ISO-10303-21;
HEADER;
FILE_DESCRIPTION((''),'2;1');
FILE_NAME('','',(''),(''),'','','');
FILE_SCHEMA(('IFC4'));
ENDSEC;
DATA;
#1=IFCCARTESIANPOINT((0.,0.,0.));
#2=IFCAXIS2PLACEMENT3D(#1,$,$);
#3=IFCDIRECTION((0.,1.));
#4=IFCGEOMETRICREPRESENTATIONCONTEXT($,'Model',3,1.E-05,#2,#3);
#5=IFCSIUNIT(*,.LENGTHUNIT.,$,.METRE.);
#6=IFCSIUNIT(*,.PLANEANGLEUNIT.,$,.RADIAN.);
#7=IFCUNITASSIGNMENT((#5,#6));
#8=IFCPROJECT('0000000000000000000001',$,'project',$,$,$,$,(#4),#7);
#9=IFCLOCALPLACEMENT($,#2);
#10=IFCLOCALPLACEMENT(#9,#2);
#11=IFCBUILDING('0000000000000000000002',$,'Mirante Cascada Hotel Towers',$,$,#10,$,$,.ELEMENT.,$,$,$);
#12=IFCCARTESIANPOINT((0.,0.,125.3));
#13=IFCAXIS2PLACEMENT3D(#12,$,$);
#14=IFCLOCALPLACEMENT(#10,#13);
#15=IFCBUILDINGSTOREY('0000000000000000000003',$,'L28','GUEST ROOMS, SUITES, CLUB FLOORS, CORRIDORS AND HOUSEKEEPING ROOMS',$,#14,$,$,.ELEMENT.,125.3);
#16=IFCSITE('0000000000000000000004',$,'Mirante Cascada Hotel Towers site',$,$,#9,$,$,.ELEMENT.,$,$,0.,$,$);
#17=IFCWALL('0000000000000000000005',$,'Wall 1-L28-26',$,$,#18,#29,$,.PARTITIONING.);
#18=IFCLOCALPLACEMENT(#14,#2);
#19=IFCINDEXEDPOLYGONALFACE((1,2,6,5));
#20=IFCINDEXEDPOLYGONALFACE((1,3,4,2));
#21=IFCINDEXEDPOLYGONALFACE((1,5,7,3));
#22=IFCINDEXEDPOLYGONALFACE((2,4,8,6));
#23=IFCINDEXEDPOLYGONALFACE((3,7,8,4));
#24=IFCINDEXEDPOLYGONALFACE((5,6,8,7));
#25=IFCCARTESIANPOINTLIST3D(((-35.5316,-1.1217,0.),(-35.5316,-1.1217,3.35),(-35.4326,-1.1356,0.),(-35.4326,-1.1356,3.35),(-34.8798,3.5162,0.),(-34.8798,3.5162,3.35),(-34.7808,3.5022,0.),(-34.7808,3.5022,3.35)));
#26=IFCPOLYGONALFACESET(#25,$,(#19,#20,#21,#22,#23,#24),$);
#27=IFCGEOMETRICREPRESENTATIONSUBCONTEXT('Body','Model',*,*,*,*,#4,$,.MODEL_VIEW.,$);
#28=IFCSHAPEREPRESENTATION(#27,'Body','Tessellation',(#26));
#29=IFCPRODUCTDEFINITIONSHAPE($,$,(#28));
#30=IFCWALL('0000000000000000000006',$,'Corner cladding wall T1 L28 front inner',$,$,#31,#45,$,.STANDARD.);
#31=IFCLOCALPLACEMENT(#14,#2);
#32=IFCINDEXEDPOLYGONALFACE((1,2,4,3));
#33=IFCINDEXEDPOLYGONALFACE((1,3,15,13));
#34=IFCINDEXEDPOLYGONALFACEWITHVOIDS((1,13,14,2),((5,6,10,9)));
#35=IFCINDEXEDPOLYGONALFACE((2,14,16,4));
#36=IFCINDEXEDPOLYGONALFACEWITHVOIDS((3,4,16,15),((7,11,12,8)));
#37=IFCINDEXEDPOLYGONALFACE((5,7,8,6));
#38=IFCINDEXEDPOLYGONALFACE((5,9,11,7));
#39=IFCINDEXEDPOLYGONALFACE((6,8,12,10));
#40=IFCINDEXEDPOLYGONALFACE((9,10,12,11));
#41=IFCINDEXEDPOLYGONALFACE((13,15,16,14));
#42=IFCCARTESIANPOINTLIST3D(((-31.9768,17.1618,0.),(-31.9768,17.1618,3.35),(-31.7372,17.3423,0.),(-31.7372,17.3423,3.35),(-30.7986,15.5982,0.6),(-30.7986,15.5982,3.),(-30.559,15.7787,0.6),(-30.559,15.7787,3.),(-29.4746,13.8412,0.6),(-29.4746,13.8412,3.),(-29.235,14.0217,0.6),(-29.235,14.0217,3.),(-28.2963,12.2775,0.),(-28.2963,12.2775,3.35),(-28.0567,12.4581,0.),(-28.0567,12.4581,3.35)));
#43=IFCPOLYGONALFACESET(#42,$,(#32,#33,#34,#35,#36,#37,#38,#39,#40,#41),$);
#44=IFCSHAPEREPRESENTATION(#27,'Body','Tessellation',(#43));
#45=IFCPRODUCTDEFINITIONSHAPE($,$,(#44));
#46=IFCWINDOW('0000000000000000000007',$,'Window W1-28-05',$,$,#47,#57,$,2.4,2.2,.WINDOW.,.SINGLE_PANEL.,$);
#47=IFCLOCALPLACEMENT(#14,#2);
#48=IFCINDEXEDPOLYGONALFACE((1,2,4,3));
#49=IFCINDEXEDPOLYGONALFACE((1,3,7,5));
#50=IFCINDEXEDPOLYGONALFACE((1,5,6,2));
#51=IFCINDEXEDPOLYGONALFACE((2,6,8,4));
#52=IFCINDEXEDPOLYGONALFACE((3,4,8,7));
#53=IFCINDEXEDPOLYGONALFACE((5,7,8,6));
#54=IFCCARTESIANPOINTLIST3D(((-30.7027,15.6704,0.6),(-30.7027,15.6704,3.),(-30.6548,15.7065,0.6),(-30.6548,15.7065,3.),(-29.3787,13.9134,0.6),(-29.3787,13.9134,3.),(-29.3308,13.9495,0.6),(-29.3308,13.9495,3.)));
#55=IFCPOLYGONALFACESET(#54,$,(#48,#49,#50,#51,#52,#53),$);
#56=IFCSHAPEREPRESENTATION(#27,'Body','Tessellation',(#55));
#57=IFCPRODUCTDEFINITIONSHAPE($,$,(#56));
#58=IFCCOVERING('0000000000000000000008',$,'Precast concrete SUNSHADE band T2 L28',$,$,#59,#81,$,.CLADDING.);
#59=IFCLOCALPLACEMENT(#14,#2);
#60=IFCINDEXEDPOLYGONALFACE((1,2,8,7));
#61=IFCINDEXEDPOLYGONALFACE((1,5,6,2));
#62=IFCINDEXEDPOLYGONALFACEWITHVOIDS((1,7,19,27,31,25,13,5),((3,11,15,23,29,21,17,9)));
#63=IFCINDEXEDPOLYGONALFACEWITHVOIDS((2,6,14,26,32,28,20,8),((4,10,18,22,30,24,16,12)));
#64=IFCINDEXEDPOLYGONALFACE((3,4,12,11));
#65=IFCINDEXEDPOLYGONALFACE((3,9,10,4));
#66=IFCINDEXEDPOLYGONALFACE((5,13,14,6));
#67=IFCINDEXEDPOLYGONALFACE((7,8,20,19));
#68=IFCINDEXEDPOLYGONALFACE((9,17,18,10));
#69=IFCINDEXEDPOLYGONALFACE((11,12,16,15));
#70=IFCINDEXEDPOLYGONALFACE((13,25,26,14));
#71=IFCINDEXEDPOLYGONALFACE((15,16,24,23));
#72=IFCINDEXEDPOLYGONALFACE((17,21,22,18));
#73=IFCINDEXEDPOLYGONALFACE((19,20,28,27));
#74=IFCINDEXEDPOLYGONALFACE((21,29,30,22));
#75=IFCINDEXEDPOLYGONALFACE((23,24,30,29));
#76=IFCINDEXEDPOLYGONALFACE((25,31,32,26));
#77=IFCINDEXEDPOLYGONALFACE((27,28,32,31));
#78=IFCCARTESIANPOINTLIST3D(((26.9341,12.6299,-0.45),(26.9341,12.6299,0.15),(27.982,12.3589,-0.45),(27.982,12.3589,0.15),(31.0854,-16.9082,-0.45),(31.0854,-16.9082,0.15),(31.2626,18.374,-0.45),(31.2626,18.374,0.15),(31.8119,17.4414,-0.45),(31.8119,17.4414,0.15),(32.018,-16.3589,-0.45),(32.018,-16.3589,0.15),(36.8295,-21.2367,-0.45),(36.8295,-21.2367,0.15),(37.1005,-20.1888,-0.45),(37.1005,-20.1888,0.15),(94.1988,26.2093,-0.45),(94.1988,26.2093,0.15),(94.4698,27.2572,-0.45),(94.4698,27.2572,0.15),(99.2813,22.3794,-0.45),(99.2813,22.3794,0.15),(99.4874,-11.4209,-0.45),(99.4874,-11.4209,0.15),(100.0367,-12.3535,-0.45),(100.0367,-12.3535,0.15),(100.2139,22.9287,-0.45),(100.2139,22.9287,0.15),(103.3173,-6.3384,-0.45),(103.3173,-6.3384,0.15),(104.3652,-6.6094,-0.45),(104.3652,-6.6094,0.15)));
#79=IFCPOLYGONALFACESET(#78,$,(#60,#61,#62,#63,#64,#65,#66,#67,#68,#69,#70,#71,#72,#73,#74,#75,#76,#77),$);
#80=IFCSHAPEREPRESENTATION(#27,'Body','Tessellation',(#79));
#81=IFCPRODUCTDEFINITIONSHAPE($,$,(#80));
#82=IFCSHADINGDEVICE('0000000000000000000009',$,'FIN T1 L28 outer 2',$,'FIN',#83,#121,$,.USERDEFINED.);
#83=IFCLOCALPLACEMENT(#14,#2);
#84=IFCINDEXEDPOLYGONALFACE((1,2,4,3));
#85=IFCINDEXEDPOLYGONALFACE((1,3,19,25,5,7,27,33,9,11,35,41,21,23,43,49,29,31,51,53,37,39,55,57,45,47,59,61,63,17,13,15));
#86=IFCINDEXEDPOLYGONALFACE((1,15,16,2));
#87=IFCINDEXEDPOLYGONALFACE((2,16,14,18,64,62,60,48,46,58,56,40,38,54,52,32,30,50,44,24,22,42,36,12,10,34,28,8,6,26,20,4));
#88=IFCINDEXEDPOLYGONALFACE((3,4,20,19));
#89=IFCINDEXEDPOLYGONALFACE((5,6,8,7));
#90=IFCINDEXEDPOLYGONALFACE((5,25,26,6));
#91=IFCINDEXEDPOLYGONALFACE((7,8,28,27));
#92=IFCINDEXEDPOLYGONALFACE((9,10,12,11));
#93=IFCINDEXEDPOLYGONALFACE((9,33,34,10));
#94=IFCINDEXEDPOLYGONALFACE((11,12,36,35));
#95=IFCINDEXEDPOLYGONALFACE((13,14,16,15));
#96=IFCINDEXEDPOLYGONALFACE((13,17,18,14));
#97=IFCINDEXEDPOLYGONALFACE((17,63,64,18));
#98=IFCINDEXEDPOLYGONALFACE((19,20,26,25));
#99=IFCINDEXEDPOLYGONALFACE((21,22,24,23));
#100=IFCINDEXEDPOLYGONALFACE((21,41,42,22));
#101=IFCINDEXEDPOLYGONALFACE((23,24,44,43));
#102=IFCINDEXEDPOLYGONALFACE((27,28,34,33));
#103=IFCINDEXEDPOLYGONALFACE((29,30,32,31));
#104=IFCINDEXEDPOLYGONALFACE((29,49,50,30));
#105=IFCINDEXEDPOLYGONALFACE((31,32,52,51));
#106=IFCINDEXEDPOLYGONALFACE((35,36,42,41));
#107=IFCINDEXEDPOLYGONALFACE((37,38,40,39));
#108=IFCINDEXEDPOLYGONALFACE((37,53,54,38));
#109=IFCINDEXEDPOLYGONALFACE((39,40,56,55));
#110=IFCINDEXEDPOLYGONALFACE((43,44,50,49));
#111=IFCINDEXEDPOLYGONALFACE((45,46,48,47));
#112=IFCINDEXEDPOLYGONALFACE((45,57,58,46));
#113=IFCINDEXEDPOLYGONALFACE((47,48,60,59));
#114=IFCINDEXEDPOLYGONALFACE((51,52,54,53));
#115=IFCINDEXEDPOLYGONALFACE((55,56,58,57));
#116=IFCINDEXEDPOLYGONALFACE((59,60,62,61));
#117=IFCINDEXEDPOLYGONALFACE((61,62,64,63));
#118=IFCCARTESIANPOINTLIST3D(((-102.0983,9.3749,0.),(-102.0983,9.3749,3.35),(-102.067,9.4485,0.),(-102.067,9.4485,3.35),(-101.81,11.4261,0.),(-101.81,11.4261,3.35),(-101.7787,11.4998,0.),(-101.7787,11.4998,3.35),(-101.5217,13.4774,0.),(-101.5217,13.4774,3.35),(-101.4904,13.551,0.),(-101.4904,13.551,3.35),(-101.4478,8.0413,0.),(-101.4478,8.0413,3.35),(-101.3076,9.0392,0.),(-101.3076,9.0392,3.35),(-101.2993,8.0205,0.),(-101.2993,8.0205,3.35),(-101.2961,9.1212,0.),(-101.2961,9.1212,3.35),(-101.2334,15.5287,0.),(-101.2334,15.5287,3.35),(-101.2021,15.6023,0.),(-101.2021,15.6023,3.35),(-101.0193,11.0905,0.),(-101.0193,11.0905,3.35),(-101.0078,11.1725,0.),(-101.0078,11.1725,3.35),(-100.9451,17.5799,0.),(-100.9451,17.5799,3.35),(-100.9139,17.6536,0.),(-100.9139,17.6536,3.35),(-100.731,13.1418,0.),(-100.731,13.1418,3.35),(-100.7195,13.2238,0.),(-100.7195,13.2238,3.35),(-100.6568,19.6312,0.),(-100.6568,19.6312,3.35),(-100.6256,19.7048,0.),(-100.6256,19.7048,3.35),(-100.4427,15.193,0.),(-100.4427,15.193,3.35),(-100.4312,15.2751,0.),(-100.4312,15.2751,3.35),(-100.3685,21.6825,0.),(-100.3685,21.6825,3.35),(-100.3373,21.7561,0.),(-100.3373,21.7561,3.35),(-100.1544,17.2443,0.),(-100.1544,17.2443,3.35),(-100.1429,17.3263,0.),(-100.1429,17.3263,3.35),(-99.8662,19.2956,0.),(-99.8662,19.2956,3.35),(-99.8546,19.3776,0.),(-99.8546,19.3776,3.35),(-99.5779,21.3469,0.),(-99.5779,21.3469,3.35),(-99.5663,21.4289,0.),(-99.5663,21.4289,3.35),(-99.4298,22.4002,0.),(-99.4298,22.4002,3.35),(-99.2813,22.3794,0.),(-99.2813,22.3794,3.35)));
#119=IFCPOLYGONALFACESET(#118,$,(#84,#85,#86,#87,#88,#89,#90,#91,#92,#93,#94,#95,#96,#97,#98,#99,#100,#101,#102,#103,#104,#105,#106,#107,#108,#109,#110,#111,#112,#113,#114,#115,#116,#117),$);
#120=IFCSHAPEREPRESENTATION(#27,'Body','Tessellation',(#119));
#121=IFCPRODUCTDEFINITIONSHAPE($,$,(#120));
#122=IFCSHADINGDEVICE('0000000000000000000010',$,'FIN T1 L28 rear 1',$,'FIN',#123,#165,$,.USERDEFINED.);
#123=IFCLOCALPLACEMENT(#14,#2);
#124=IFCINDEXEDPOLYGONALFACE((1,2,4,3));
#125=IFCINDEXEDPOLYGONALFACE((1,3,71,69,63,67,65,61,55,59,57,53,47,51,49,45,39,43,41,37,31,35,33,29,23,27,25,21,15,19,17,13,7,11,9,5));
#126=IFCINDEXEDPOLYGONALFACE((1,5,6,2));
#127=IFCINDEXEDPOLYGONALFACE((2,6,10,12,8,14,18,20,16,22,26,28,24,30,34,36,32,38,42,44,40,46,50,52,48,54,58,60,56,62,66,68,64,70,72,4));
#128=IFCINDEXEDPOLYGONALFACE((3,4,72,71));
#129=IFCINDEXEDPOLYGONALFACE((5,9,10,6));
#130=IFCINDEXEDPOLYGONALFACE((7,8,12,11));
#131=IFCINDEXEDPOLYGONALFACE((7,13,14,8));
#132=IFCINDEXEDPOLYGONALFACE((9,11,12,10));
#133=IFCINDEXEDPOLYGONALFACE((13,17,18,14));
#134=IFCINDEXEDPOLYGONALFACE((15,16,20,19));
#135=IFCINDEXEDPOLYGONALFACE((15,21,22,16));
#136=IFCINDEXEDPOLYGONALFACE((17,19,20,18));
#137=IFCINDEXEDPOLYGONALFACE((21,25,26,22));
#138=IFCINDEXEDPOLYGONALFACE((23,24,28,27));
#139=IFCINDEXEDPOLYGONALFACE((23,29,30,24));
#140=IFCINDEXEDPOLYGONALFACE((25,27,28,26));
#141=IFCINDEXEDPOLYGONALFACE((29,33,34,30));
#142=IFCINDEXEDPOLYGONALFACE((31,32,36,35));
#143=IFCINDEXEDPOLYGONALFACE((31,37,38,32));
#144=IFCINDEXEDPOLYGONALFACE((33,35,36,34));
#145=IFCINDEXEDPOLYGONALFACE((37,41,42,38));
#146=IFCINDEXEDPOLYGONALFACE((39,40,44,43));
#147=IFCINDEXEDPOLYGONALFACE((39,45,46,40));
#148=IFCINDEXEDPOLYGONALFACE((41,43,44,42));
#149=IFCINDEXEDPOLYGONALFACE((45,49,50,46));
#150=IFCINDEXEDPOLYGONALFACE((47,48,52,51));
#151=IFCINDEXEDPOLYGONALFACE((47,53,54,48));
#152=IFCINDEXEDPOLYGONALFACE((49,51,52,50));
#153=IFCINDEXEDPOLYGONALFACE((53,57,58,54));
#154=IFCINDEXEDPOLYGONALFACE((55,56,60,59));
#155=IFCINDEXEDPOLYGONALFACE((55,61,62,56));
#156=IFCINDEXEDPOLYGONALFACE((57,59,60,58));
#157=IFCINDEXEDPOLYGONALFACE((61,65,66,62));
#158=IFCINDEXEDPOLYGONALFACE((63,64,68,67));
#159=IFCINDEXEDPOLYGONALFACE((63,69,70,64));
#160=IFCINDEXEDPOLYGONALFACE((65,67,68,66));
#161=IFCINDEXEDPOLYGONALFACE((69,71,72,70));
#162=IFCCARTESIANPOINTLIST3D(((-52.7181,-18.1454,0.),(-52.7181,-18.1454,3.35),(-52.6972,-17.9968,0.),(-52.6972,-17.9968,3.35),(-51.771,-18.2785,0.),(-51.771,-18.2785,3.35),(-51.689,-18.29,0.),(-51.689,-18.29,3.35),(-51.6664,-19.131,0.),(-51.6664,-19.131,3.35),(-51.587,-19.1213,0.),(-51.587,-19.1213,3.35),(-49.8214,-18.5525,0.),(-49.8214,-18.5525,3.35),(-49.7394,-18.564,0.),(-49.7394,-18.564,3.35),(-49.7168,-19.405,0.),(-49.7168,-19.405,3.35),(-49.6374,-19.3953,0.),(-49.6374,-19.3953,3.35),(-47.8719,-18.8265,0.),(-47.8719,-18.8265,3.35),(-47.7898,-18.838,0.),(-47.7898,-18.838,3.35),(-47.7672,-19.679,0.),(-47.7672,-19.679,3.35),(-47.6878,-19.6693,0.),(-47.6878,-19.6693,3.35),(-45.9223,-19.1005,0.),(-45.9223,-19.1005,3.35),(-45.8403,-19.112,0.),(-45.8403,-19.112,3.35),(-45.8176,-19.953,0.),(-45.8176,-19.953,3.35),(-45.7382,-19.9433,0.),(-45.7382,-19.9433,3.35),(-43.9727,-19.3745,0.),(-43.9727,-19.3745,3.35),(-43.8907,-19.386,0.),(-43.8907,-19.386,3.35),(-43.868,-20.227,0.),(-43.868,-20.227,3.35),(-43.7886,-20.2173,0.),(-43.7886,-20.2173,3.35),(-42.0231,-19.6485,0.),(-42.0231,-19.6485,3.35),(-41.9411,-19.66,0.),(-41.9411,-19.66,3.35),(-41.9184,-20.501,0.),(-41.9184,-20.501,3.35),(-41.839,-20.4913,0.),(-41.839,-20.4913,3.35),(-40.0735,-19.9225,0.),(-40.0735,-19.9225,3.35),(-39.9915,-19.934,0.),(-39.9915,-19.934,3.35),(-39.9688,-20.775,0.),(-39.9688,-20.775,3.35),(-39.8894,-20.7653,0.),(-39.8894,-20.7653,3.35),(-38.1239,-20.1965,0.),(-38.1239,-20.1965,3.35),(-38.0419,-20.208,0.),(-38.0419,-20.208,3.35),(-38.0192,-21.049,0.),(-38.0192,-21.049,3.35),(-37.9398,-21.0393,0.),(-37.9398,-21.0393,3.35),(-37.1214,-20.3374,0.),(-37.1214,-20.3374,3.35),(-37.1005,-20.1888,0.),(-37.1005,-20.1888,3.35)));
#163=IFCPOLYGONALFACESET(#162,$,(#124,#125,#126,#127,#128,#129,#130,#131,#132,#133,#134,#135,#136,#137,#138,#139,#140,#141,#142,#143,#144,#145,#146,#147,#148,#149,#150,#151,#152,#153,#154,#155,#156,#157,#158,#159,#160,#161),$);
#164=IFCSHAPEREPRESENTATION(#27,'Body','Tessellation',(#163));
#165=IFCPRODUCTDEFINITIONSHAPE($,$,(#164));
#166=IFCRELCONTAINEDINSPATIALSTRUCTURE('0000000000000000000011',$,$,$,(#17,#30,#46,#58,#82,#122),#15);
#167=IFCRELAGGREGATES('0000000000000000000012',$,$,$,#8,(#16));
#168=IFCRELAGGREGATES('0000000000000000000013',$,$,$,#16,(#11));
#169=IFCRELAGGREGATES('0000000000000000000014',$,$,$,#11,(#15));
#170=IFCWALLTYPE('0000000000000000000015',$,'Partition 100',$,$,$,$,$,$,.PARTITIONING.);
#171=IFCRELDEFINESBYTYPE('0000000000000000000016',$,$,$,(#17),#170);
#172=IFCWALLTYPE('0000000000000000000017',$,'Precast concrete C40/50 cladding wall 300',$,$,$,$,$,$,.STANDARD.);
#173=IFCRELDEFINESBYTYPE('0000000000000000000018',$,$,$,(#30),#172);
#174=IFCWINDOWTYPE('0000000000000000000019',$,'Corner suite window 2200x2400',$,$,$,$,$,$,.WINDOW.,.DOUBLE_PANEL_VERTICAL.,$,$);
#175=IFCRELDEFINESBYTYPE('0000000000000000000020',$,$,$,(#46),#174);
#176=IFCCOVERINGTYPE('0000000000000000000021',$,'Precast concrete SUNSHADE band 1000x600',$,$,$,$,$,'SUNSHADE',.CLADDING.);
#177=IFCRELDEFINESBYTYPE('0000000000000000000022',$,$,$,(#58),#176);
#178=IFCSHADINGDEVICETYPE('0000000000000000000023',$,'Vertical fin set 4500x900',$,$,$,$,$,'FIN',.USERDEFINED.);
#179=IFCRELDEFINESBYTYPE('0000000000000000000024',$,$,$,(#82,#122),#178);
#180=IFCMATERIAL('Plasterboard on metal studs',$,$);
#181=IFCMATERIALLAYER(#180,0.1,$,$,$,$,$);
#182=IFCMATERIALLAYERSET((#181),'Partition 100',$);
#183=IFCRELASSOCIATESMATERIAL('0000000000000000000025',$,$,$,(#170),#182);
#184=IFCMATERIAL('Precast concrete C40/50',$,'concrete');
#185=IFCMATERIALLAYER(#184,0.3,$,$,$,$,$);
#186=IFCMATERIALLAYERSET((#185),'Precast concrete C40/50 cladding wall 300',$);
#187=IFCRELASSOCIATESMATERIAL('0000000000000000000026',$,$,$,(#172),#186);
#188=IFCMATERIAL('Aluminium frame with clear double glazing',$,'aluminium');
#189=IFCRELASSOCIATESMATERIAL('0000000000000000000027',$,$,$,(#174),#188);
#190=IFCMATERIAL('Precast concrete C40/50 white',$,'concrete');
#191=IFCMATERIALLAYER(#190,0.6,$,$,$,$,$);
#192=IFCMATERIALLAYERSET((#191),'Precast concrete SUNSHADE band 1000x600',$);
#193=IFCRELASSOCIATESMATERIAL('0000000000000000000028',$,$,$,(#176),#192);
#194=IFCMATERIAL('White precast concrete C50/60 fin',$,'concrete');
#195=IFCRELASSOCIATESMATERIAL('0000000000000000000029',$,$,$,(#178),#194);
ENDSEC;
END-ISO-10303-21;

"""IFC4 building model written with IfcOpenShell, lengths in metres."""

from ifc_helpers import new_model, si_unit, direction, frame, frame_2d, origin, place, context, subcontext, project, spatial, polyline, rectangle, outline, extrude, material, layer, layer_set, type_object, element, fill, save


model = new_model("IFC4")

# Units and contexts
model_context = context("Model", 3, precision=1e-05, world=origin(), true_north=direction((0.0, 1.0)))
body_context = subcontext(model_context, "Body", "Model", "MODEL_VIEW")
ifc_project = project(units=[si_unit("LENGTHUNIT", "METRE"), si_unit("PLANEANGLEUNIT", "RADIAN")], contexts=[model_context])

# Site, building, storey
site_placement = place(None, origin())
site = spatial("IfcSite", under=ifc_project, at=site_placement, Name="Mirante Cascada Hotel Towers site", CompositionType="ELEMENT", RefElevation=0.0)
building_placement = place(site_placement, origin())
building = spatial("IfcBuilding", under=site, at=building_placement, Name="Mirante Cascada Hotel Towers", CompositionType="ELEMENT")
storey_placement = place(building_placement, frame((0.0, 0.0, 125.3)))
storey = spatial("IfcBuildingStorey", under=building, at=storey_placement, Name="L28", Description="GUEST ROOMS, SUITES, CLUB FLOORS, CORRIDORS AND HOUSEKEEPING ROOMS", CompositionType="ELEMENT", Elevation=125.3)

# Shared definitions
ifc_material_1 = material(Name="Plasterboard on metal studs")
ifc_layer_1 = layer(ifc_material_1, 0.1)
ifc_layer_set_1 = layer_set([ifc_layer_1], Name="Partition 100")
wall_type_1 = type_object("IfcWallType", Name="Partition 100", PredefinedType="PARTITIONING", material=ifc_layer_set_1)

# Wall
wall_1_placement = place(storey_placement, frame((-34.8303, 3.5092, 0.0), z_axis=(0.0, 0.0, 1.0), x_axis=(-0.139173, -0.990268, 0.0)))
element("IfcWall", 1, at=wall_1_placement, inside=storey, type_object=wall_type_1, Name="Wall 1-L28-26", PredefinedType="PARTITIONING", context=body_context, shape_type="SweptSolid", body=[
    extrude(rectangle(XDim=4.6834, YDim=0.1, at=frame_2d((2.3417, 0.0))), origin(), (0.0, 0.0, 1.0), 3.35),
])

# Wall, opening, window
ifc_material_2 = material(Name="Precast concrete C40/50", Category="concrete")
ifc_layer_2 = layer(ifc_material_2, 0.3)
ifc_layer_set_2 = layer_set([ifc_layer_2], Name="Precast concrete C40/50 cladding wall 300")
wall_type_2 = type_object("IfcWallType", Name="Precast concrete C40/50 cladding wall 300", PredefinedType="STANDARD", material=ifc_layer_set_2)
wall_2_placement = place(storey_placement, frame((-31.857, 17.252, 0.0), z_axis=(0.0, 0.0, 1.0), x_axis=(0.601814, -0.798636, 0.0)))
wall_2 = element("IfcWall", 2, at=wall_2_placement, inside=storey, type_object=wall_type_2, Name="Corner cladding wall T1 L28 front inner", PredefinedType="STANDARD", context=body_context, shape_type="SweptSolid", body=[
    extrude(rectangle(XDim=6.1157, YDim=0.3, at=frame_2d((3.0578, 0.0))), origin(), (0.0, 0.0, 1.0), 3.35),
])
opening_1_placement = place(wall_2_placement, frame((1.9578, 0.0, 0.6)))
opening_1 = element("IfcOpeningElement", 3, at=opening_1_placement, cuts=wall_2, PredefinedType="OPENING", context=body_context, shape_type="SweptSolid", body=[
    extrude(rectangle(XDim=2.2, YDim=2.4, at=frame_2d((1.1, 1.2))), frame((0.0, 0.15, 0.0), z_axis=(0.0, -1.0, 0.0), x_axis=(1.0, 0.0, 0.0)), (0.0, 0.0, 1.0), 0.3),
])
ifc_material_3 = material(Name="Aluminium frame with clear double glazing", Category="aluminium")
window_type = type_object("IfcWindowType", Name="Corner suite window 2200x2400", PartitioningType="DOUBLE_PANEL_VERTICAL", PredefinedType="WINDOW", material=ifc_material_3)
window_placement = place(opening_1_placement, origin())
window = element("IfcWindow", 4, at=window_placement, inside=storey, type_object=window_type, Name="Window W1-28-05", OverallHeight=2.4, OverallWidth=2.2, PartitioningType="SINGLE_PANEL", PredefinedType="WINDOW", context=body_context, shape_type="SweptSolid", body=[
    extrude(rectangle(XDim=2.2, YDim=2.4, at=frame_2d((1.1, 1.2))), frame((0.0, 0.03, 0.0), z_axis=(0.0, -1.0, 0.0), x_axis=(1.0, 0.0, 0.0)), (0.0, 0.0, 1.0), 0.06),
])
fill(opening_1, window)

# Covering
ifc_material_4 = material(Name="Precast concrete C40/50 white", Category="concrete")
ifc_layer_3 = layer(ifc_material_4, 0.6)
ifc_layer_set_3 = layer_set([ifc_layer_3], Name="Precast concrete SUNSHADE band 1000x600")
covering_type = type_object("IfcCoveringType", Name="Precast concrete SUNSHADE band 1000x600", ElementType="SUNSHADE", PredefinedType="CLADDING", material=ifc_layer_set_3)
covering_placement = place(storey_placement, frame((0.0, 0.0, -0.45)))
element("IfcCovering", 5, at=covering_placement, inside=storey, type_object=covering_type, Name="Precast concrete SUNSHADE band T2 L28", PredefinedType="CLADDING", context=body_context, shape_type="SweptSolid", body=[
    extrude(outline(polyline([(26.9341, 12.6299), (31.2626, 18.374), (94.4698, 27.2572), (100.2139, 22.9287), (104.3652, -6.6094), (100.0367, -12.3535), (36.8295, -21.2367), (31.0854, -16.9082), (26.9341, 12.6299)]), holes=[polyline([(103.3173, -6.3384), (99.2813, 22.3794), (94.1988, 26.2093), (31.8119, 17.4414), (27.982, 12.3589), (32.018, -16.3589), (37.1005, -20.1888), (99.4874, -11.4209), (103.3173, -6.3384)])]), origin(), (0.0, 0.0, 1.0), 0.6),
])

# Shading devices
ifc_material_5 = material(Name="White precast concrete C50/60 fin", Category="concrete")
shading_device_type = type_object("IfcShadingDeviceType", Name="Vertical fin set 4500x900", ElementType="FIN", PredefinedType="USERDEFINED", material=ifc_material_5)
shading_device_1_placement = place(storey_placement, origin())
element("IfcShadingDevice", 6, at=shading_device_1_placement, inside=storey, type_object=shading_device_type, Name="FIN T1 L28 outer 2", ObjectType="FIN", PredefinedType="USERDEFINED", context=body_context, shape_type="SweptSolid", body=[
    extrude(outline(polyline([(-101.2961, 9.1212), (-101.0193, 11.0905), (-101.81, 11.4261), (-101.7787, 11.4998), (-101.0078, 11.1725), (-100.731, 13.1418), (-101.5217, 13.4774), (-101.4904, 13.551), (-100.7195, 13.2238), (-100.4427, 15.193), (-101.2334, 15.5287), (-101.2021, 15.6023), (-100.4312, 15.2751), (-100.1544, 17.2443), (-100.9451, 17.5799), (-100.9139, 17.6536), (-100.1429, 17.3263), (-99.8662, 19.2956), (-100.6568, 19.6312), (-100.6256, 19.7048), (-99.8546, 19.3776), (-99.5779, 21.3469), (-100.3685, 21.6825), (-100.3373, 21.7561), (-99.5663, 21.4289), (-99.4298, 22.4002), (-99.2813, 22.3794), (-101.2993, 8.0205), (-101.4478, 8.0413), (-101.3076, 9.0392), (-102.0983, 9.3749), (-102.067, 9.4485), (-101.2961, 9.1212)])), origin(), (0.0, 0.0, 1.0), 3.35),
])
shading_device_2_placement = place(storey_placement, origin())
element("IfcShadingDevice", 7, at=shading_device_2_placement, inside=storey, type_object=shading_device_type, Name="FIN T1 L28 rear 1", ObjectType="FIN", PredefinedType="USERDEFINED", context=body_context, shape_type="SweptSolid", body=[
    extrude(outline(polyline([(-38.1239, -20.1965), (-39.9915, -19.934), (-39.8894, -20.7653), (-39.9688, -20.775), (-40.0735, -19.9225), (-41.9411, -19.66), (-41.839, -20.4913), (-41.9184, -20.501), (-42.0231, -19.6485), (-43.8907, -19.386), (-43.7886, -20.2173), (-43.868, -20.227), (-43.9727, -19.3745), (-45.8403, -19.112), (-45.7382, -19.9433), (-45.8176, -19.953), (-45.9223, -19.1005), (-47.7898, -18.838), (-47.6878, -19.6693), (-47.7672, -19.679), (-47.8719, -18.8265), (-49.7394, -18.564), (-49.6374, -19.3953), (-49.7168, -19.405), (-49.8214, -18.5525), (-51.689, -18.29), (-51.587, -19.1213), (-51.6664, -19.131), (-51.771, -18.2785), (-52.7181, -18.1454), (-52.6972, -17.9968), (-37.1005, -20.1888), (-37.1214, -20.3374), (-38.0419, -20.208), (-37.9398, -21.0393), (-38.0192, -21.049), (-38.1239, -20.1965)])), origin(), (0.0, 0.0, 1.0), 3.35),
])

save(model, "model.ifc")
